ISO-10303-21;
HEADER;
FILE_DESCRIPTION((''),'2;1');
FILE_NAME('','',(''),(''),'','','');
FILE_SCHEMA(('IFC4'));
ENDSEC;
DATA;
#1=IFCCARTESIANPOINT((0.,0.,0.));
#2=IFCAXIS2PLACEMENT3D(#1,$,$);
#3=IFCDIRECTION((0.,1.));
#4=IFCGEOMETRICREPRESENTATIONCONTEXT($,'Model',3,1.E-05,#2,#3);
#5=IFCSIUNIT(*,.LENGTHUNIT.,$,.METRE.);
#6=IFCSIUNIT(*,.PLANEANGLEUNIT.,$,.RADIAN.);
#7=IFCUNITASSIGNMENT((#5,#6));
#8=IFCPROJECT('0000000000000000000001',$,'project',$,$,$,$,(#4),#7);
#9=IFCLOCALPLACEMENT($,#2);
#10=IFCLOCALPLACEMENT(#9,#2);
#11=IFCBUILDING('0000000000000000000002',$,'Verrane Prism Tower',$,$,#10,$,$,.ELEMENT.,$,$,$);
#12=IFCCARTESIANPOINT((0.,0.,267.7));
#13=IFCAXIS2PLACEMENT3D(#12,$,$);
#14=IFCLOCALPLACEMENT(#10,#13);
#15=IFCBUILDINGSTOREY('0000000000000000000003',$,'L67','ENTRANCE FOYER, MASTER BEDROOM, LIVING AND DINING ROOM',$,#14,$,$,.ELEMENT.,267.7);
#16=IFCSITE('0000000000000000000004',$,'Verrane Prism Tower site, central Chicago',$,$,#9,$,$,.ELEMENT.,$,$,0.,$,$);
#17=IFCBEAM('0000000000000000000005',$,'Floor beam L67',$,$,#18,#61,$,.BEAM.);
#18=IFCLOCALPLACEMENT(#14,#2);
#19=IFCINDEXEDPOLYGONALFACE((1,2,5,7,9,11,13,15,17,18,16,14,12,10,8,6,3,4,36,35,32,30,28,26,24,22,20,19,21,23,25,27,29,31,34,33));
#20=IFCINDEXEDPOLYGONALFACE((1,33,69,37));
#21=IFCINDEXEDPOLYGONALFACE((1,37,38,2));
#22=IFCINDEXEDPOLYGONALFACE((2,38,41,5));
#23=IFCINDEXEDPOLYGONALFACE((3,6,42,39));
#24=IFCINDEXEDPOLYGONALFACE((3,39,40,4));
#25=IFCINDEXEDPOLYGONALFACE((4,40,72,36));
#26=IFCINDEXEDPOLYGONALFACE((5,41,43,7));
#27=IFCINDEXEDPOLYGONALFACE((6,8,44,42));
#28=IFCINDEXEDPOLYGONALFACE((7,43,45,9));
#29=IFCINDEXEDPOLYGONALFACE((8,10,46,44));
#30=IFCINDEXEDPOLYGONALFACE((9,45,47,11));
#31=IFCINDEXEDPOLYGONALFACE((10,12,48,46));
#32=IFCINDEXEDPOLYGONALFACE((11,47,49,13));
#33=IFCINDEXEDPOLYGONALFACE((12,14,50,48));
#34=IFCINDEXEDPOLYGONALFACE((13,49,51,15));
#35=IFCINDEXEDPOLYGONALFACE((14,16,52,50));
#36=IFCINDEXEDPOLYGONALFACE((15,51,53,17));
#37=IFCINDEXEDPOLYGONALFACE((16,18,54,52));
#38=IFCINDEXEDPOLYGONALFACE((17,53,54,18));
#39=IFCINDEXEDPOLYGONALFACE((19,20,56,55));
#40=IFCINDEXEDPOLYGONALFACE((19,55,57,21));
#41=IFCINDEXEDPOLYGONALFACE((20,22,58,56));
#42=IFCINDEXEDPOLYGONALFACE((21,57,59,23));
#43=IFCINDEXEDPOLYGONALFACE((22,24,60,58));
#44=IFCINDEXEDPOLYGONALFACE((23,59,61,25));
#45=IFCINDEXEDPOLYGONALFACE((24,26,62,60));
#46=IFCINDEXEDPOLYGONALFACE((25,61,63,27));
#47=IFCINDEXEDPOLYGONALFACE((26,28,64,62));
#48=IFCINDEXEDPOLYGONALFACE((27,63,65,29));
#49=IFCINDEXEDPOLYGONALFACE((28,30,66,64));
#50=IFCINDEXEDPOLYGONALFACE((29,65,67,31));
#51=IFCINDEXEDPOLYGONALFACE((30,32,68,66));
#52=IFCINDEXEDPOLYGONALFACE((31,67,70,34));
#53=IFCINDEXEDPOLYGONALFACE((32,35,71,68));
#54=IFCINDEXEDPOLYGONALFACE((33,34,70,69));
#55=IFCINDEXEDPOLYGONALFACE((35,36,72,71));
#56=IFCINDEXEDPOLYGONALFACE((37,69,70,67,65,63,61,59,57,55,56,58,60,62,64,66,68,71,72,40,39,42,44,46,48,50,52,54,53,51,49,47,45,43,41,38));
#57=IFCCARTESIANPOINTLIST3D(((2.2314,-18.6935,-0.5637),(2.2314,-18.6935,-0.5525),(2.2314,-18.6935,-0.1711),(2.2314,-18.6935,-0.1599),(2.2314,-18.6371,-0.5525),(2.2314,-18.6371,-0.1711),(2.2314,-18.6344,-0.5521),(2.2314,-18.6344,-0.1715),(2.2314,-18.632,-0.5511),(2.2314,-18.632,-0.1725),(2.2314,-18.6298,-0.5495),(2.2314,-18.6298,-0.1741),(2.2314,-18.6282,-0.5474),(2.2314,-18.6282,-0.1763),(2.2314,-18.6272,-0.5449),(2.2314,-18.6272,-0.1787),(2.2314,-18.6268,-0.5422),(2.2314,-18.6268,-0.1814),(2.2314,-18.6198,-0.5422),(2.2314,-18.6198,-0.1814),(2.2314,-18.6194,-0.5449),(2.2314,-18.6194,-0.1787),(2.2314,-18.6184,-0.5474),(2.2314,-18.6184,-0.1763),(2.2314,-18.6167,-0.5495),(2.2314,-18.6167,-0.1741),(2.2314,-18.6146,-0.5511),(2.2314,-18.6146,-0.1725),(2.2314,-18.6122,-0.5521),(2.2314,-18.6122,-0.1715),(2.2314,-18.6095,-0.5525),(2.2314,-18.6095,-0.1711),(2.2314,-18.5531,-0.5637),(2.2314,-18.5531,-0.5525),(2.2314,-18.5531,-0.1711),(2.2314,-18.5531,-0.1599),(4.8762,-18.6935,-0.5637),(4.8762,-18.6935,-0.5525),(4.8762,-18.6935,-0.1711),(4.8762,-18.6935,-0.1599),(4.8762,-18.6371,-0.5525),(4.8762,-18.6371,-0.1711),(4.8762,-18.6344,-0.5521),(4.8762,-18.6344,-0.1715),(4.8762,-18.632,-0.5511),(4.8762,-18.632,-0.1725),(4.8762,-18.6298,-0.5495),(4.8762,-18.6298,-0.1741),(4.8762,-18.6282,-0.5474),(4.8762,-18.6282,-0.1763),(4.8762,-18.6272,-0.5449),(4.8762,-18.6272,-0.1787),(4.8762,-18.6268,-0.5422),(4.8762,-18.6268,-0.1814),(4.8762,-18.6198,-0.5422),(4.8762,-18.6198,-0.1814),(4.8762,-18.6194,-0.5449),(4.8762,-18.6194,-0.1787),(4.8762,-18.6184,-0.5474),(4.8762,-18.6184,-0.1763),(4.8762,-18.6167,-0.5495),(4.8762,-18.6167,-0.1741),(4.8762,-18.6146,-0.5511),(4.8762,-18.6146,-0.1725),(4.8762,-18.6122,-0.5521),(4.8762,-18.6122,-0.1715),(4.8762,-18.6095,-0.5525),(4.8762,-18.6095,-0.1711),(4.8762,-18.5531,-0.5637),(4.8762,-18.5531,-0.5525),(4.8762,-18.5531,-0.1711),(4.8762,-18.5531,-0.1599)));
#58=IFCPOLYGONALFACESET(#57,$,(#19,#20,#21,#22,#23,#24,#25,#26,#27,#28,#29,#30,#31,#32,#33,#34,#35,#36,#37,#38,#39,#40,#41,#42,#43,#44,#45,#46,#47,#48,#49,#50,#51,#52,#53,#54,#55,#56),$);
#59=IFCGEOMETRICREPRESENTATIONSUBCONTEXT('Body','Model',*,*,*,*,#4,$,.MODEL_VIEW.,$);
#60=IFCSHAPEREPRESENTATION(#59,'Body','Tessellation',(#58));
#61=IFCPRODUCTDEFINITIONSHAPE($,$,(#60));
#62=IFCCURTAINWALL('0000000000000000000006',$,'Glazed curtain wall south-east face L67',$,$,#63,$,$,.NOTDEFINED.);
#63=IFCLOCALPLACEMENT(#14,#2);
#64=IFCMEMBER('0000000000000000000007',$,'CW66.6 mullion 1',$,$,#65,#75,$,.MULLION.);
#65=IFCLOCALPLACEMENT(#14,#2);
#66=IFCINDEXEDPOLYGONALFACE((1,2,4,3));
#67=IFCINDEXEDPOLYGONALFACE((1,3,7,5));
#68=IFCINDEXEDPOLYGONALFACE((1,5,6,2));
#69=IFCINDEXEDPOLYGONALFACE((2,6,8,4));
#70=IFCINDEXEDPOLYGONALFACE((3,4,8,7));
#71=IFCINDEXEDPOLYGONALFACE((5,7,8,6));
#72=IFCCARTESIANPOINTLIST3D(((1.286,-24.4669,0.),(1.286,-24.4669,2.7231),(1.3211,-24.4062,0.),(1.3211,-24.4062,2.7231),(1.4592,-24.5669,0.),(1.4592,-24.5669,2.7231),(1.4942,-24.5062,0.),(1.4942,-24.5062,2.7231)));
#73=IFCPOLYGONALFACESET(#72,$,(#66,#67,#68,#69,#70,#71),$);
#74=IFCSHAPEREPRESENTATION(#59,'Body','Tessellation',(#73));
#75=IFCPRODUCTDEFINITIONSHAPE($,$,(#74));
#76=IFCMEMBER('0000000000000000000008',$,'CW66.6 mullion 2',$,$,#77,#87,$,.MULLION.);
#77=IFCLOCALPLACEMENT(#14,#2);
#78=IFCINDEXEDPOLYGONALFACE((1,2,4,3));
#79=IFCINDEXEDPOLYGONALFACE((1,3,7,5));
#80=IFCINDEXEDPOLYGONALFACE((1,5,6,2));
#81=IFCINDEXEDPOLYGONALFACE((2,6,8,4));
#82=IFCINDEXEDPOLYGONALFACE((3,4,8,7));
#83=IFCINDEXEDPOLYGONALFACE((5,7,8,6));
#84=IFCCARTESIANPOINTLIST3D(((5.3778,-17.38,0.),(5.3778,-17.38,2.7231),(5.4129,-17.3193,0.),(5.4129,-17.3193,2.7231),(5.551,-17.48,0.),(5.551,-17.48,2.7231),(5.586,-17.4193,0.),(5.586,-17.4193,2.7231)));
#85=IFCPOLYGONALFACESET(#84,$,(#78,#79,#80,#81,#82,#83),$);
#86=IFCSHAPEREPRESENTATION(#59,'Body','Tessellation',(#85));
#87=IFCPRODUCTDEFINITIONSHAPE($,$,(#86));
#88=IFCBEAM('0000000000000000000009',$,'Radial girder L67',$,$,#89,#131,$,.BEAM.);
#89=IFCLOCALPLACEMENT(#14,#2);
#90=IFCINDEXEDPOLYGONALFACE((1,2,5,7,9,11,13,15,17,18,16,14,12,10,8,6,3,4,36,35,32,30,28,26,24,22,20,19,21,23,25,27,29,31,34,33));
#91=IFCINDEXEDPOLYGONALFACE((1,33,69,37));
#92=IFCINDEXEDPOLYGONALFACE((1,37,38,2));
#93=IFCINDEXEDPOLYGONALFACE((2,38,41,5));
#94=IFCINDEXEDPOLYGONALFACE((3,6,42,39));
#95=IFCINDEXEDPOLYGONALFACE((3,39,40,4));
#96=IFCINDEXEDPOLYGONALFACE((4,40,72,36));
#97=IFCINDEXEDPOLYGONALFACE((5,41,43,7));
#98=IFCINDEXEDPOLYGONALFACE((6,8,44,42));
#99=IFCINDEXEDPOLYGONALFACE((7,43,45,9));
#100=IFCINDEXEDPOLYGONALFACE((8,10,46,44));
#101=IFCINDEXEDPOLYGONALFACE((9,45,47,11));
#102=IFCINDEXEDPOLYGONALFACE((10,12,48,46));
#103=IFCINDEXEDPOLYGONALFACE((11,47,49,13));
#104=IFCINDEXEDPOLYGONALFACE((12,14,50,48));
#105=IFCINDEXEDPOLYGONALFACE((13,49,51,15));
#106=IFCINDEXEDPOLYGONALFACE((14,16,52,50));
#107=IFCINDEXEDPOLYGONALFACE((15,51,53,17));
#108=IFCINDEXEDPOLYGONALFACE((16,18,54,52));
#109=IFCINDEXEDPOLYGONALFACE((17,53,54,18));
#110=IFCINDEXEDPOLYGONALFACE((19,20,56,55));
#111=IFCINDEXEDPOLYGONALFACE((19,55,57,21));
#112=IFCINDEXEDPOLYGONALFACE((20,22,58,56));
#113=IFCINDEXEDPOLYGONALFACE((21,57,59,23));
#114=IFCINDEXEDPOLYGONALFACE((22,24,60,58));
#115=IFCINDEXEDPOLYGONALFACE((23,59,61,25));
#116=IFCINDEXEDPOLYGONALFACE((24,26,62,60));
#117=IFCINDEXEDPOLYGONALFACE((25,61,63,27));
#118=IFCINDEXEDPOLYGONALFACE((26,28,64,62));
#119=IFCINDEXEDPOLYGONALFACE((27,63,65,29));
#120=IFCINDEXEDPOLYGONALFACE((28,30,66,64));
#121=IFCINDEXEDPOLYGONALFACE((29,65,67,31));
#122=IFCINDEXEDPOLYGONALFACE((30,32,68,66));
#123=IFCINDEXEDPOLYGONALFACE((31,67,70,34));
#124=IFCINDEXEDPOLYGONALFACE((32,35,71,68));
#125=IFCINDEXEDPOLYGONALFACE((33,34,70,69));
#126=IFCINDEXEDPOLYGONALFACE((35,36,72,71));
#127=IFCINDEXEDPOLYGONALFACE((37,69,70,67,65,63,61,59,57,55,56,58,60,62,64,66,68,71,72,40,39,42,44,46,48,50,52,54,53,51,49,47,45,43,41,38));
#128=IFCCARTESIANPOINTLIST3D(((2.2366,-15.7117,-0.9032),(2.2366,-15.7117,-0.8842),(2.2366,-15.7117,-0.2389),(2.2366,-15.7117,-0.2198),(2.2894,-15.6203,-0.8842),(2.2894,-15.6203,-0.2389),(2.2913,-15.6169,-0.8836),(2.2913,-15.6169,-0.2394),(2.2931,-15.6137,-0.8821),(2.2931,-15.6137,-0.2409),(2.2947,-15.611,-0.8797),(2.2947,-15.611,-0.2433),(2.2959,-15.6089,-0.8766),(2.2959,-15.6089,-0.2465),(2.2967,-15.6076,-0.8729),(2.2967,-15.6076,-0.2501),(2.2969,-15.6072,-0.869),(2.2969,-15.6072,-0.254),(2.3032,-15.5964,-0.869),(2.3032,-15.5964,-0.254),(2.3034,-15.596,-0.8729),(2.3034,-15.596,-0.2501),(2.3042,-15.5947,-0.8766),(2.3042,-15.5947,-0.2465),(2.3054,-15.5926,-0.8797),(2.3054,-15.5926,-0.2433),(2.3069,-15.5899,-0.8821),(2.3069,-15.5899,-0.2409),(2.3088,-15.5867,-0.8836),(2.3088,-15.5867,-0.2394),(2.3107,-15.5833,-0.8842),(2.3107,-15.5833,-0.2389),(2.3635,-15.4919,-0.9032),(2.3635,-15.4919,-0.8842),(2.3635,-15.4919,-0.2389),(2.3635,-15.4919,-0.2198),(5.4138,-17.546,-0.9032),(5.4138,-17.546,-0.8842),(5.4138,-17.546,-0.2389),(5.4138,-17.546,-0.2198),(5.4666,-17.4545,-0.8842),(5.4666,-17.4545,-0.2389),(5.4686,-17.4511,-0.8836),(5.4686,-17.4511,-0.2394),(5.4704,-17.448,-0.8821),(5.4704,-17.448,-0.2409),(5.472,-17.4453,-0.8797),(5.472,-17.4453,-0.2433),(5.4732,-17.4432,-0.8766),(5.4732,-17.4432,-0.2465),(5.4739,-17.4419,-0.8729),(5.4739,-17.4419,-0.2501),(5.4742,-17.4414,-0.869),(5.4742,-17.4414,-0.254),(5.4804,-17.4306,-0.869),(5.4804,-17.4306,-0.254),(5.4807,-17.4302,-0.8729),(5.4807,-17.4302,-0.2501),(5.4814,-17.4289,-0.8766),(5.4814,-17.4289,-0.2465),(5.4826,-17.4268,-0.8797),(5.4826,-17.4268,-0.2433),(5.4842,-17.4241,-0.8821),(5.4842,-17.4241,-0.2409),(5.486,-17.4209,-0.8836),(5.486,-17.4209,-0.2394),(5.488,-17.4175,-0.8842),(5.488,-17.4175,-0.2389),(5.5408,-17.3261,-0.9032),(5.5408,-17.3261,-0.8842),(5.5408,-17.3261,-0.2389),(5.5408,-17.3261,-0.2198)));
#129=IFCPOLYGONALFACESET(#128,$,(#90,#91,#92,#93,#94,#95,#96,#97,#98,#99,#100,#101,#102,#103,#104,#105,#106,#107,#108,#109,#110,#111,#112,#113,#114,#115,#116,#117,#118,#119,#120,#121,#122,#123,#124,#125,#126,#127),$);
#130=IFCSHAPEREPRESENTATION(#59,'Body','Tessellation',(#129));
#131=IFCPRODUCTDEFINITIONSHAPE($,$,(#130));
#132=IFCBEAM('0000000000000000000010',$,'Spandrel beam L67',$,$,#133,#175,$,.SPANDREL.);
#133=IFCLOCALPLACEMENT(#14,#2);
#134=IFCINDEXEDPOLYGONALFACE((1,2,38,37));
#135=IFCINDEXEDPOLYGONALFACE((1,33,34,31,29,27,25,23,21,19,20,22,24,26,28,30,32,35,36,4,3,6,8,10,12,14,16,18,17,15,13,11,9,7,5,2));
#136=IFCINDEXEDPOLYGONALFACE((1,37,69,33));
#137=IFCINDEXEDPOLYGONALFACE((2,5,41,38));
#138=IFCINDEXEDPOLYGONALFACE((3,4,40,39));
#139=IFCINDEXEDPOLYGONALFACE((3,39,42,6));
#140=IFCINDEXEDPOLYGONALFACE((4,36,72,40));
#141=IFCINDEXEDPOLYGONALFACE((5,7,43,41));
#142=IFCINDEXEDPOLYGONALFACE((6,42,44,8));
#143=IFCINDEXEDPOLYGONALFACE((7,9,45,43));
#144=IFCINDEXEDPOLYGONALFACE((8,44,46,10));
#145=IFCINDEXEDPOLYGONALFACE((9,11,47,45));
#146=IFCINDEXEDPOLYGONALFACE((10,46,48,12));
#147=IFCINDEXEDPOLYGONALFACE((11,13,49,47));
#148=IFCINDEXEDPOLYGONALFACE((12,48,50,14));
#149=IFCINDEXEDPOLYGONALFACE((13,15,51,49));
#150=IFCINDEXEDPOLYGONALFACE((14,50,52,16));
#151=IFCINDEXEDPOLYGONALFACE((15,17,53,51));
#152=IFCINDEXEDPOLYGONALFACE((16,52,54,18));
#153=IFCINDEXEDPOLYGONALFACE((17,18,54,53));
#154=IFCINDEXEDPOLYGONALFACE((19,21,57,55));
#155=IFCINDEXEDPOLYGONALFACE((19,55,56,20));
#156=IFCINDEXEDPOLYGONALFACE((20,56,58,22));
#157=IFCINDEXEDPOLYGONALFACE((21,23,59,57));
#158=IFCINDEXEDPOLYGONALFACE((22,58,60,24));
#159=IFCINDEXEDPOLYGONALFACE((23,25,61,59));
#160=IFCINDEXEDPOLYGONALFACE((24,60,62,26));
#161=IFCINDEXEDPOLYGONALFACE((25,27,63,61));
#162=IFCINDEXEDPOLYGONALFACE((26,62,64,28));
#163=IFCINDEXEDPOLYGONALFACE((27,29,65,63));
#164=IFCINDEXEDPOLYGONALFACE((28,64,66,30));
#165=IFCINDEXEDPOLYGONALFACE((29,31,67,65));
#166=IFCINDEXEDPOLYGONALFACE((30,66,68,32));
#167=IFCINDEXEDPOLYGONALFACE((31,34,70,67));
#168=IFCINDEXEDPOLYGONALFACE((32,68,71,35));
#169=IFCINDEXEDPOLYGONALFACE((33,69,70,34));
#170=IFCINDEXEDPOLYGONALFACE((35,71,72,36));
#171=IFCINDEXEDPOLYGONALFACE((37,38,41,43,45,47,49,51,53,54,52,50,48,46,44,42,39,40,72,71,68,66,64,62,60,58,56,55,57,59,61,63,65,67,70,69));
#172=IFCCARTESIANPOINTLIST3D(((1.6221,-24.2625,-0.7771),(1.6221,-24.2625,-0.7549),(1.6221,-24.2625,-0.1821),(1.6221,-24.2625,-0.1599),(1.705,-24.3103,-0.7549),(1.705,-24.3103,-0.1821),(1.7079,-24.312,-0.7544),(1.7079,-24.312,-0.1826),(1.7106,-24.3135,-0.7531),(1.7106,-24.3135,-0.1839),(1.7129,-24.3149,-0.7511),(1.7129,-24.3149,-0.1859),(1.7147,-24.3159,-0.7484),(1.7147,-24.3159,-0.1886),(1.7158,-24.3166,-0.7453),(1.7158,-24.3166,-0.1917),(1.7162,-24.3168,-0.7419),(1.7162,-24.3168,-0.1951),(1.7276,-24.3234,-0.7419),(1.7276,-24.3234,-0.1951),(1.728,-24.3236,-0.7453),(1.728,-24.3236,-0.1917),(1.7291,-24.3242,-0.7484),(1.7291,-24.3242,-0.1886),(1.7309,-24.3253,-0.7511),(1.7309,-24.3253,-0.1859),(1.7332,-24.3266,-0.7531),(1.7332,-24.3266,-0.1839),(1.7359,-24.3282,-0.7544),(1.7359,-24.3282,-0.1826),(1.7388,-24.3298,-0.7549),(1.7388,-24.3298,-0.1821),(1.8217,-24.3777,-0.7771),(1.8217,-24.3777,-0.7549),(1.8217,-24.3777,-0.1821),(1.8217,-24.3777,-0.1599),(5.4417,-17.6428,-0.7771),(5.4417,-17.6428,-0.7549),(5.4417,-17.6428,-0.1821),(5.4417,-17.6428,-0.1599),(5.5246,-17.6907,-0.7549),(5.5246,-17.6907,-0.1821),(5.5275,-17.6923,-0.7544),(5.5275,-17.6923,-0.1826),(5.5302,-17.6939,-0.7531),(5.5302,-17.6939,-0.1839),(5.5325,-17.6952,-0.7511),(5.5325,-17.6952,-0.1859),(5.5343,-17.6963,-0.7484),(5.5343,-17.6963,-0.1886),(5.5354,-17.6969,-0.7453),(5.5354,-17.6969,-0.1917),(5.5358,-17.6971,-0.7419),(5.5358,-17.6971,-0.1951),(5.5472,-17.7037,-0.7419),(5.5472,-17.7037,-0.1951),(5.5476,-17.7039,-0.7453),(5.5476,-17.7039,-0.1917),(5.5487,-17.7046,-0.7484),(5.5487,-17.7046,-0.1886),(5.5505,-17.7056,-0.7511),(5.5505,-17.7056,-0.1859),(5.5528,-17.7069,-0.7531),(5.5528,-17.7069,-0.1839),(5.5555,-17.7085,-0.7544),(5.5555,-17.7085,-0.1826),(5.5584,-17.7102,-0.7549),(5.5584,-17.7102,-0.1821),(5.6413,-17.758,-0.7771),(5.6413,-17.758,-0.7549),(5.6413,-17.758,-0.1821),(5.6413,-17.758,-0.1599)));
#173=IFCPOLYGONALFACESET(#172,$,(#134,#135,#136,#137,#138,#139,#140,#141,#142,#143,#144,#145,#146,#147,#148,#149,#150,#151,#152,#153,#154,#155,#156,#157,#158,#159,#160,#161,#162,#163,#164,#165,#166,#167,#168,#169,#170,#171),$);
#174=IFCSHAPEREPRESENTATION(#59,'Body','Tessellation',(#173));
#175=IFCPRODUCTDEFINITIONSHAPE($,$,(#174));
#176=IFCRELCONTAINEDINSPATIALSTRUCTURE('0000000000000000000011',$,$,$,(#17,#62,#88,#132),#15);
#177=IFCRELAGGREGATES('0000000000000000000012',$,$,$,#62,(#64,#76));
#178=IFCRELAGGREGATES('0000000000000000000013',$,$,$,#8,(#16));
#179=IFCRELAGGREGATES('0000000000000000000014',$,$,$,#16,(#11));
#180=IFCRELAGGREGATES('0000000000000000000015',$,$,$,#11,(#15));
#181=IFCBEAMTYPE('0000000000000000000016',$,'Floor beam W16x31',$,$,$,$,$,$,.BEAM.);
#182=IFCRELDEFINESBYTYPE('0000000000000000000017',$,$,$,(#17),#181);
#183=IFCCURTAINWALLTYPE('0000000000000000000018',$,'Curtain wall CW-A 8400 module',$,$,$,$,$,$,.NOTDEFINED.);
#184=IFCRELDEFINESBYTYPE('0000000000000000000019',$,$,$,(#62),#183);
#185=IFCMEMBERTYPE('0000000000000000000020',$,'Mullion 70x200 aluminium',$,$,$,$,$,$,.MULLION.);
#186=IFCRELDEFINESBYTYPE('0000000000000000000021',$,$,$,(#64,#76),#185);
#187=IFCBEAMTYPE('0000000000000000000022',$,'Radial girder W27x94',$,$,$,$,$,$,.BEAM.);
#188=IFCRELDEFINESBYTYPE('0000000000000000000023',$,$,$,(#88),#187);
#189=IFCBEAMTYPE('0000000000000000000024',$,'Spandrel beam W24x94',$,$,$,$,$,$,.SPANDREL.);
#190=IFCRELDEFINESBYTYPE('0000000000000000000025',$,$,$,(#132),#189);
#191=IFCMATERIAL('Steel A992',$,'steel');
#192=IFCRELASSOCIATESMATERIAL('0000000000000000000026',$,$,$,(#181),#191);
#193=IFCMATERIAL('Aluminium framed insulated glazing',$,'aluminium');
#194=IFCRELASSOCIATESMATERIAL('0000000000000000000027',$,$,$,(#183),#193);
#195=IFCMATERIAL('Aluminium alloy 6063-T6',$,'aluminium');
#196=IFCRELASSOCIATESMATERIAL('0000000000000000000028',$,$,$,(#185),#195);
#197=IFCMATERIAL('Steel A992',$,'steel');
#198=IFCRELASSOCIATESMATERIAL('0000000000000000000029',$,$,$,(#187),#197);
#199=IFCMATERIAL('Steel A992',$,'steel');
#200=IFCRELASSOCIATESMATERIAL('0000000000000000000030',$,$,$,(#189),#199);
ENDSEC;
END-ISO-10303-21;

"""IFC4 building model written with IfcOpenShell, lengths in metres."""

from ifc_helpers import new_model, si_unit, direction, frame, origin, origin_2d, place, context, subcontext, project, spatial, rectangle, i_section, extrude, material, material_profile, profile_set, type_object, element, aggregate, save


model = new_model("IFC4")

# Units and contexts
model_context = context("Model", 3, precision=1e-05, world=origin(), true_north=direction((0.0, 1.0)))
body_context = subcontext(model_context, "Body", "Model", "MODEL_VIEW")
ifc_project = project(units=[si_unit("LENGTHUNIT", "METRE"), si_unit("PLANEANGLEUNIT", "RADIAN")], contexts=[model_context])

# Site, building, storey
site_placement = place(None, origin())
site = spatial("IfcSite", under=ifc_project, at=site_placement, Name="Verrane Prism Tower site, central Chicago", CompositionType="ELEMENT", RefElevation=0.0)
building_placement = place(site_placement, origin())
building = spatial("IfcBuilding", under=site, at=building_placement, Name="Verrane Prism Tower", CompositionType="ELEMENT")
storey_placement = place(building_placement, frame((0.0, 0.0, 267.7)))
storey = spatial("IfcBuildingStorey", under=building, at=storey_placement, Name="L67", Description="ENTRANCE FOYER, MASTER BEDROOM, LIVING AND DINING ROOM", CompositionType="ELEMENT", Elevation=267.7)

# Beam
ifc_material_1 = material(Name="Steel A992", Category="steel")
ifc_material_profile_1 = material_profile(ifc_material_1, i_section(OverallWidth=0.1404, OverallDepth=0.4038, WebThickness=0.0071, FlangeThickness=0.0112, FilletRadius=0.0103, at=origin_2d()), Name="W16x31")
ifc_profile_set_1 = profile_set([ifc_material_profile_1], Name="Steel A992")
beam_type_1 = type_object("IfcBeamType", Name="Floor beam W16x31", PredefinedType="BEAM", material=ifc_profile_set_1)
beam_1_placement = place(storey_placement, frame((2.2314, -18.6233, -0.3618), z_axis=(1.0, 0.0, 0.0), x_axis=(0.0, 1.0, 0.0)))
element("IfcBeam", 1, at=beam_1_placement, inside=storey, type_object=beam_type_1, Name="Floor beam L67", PredefinedType="BEAM", context=body_context, shape_type="SweptSolid", body=[
    extrude(i_section(OverallWidth=0.1404, OverallDepth=0.4038, WebThickness=0.0071, FlangeThickness=0.0112, FilletRadius=0.0103, at=origin_2d()), origin(), (0.0, 0.0, 1.0), 2.6448),
])

# Curtain wall, members
ifc_material_2 = material(Name="Aluminium framed insulated glazing", Category="aluminium")
curtain_wall_type = type_object("IfcCurtainWallType", Name="Curtain wall CW-A 8400 module", PredefinedType="NOTDEFINED", material=ifc_material_2)
curtain_wall_1_placement = place(storey_placement, origin())
curtain_wall_1 = element("IfcCurtainWall", 2, at=curtain_wall_1_placement, inside=storey, type_object=curtain_wall_type, Name="Glazed curtain wall south-east face L67", PredefinedType="NOTDEFINED")
ifc_material_3 = material(Name="Aluminium alloy 6063-T6", Category="aluminium")
ifc_material_profile_2 = material_profile(ifc_material_3, rectangle(XDim=0.2, YDim=0.0701, at=origin_2d()), Name="Mullion 70x200 aluminium")
ifc_profile_set_2 = profile_set([ifc_material_profile_2], Name="Aluminium alloy 6063-T6")
member_type_1 = type_object("IfcMemberType", Name="Mullion 70x200 aluminium", PredefinedType="MULLION", material=ifc_profile_set_2)
member_1_placement = place(storey_placement, frame((1.3901, -24.4866, 0.0), z_axis=(0.0, 0.0, 1.0), x_axis=(-0.866025, 0.500001, 0.0)))
member_1 = element("IfcMember", 3, at=member_1_placement, type_object=member_type_1, Name="CW66.6 mullion 1", PredefinedType="MULLION", context=body_context, shape_type="SweptSolid", body=[
    extrude(rectangle(XDim=0.2, YDim=0.0701, at=origin_2d()), origin(), (0.0, 0.0, 1.0), 2.7231),
])
member_2_placement = place(storey_placement, frame((5.4819, -17.3997, 0.0), z_axis=(0.0, 0.0, 1.0), x_axis=(-0.866025, 0.500001, 0.0)))
member_2 = element("IfcMember", 4, at=member_2_placement, type_object=member_type_1, Name="CW66.6 mullion 2", PredefinedType="MULLION", context=body_context, shape_type="SweptSolid", body=[
    extrude(rectangle(XDim=0.2, YDim=0.0701, at=origin_2d()), origin(), (0.0, 0.0, 1.0), 2.7231),
])

# Beams
ifc_material_4 = material(Name="Steel A992", Category="steel")
ifc_material_profile_3 = material_profile(ifc_material_4, i_section(OverallWidth=0.2539, OverallDepth=0.6833, WebThickness=0.0125, FlangeThickness=0.019, FilletRadius=0.0151, at=origin_2d()), Name="W27x94")
ifc_profile_set_3 = profile_set([ifc_material_profile_3], Name="Steel A992")
beam_type_2 = type_object("IfcBeamType", Name="Radial girder W27x94", PredefinedType="BEAM", material=ifc_profile_set_3)
beam_2_placement = place(storey_placement, frame((5.4773, -17.436, -0.5615), z_axis=(-0.866044, 0.499968, 0.0), x_axis=(-0.499968, -0.866044, 0.0)))
element("IfcBeam", 5, at=beam_2_placement, inside=storey, type_object=beam_type_2, Name="Radial girder L67", PredefinedType="BEAM", context=body_context, shape_type="SweptSolid", body=[
    extrude(i_section(OverallWidth=0.2539, OverallDepth=0.6833, WebThickness=0.0125, FlangeThickness=0.019, FilletRadius=0.0151, at=origin_2d()), origin(), (0.0, 0.0, 1.0), 3.6687),
])
ifc_material_5 = material(Name="Steel A992", Category="steel")
ifc_material_profile_4 = material_profile(ifc_material_5, i_section(OverallWidth=0.2305, OverallDepth=0.6172, WebThickness=0.0132, FlangeThickness=0.0222, FilletRadius=0.0129, at=origin_2d()), Name="W24x94")
ifc_profile_set_4 = profile_set([ifc_material_profile_4], Name="Steel A992")
beam_type_3 = type_object("IfcBeamType", Name="Spandrel beam W24x94", PredefinedType="SPANDREL", material=ifc_profile_set_4)
beam_3_placement = place(storey_placement, frame((1.7219, -24.3201, -0.4685), z_axis=(0.499778, 0.866154, 0.0), x_axis=(-0.866154, 0.499778, 0.0)))
element("IfcBeam", 6, at=beam_3_placement, inside=storey, type_object=beam_type_3, Name="Spandrel beam L67", PredefinedType="SPANDREL", context=body_context, shape_type="SweptSolid", body=[
    extrude(i_section(OverallWidth=0.2305, OverallDepth=0.6172, WebThickness=0.0132, FlangeThickness=0.0222, FilletRadius=0.0129, at=origin_2d()), origin(), (0.0, 0.0, 1.0), 7.6426),
])

aggregate(curtain_wall_1, [member_1, member_2])

save(model, "model.ifc")
